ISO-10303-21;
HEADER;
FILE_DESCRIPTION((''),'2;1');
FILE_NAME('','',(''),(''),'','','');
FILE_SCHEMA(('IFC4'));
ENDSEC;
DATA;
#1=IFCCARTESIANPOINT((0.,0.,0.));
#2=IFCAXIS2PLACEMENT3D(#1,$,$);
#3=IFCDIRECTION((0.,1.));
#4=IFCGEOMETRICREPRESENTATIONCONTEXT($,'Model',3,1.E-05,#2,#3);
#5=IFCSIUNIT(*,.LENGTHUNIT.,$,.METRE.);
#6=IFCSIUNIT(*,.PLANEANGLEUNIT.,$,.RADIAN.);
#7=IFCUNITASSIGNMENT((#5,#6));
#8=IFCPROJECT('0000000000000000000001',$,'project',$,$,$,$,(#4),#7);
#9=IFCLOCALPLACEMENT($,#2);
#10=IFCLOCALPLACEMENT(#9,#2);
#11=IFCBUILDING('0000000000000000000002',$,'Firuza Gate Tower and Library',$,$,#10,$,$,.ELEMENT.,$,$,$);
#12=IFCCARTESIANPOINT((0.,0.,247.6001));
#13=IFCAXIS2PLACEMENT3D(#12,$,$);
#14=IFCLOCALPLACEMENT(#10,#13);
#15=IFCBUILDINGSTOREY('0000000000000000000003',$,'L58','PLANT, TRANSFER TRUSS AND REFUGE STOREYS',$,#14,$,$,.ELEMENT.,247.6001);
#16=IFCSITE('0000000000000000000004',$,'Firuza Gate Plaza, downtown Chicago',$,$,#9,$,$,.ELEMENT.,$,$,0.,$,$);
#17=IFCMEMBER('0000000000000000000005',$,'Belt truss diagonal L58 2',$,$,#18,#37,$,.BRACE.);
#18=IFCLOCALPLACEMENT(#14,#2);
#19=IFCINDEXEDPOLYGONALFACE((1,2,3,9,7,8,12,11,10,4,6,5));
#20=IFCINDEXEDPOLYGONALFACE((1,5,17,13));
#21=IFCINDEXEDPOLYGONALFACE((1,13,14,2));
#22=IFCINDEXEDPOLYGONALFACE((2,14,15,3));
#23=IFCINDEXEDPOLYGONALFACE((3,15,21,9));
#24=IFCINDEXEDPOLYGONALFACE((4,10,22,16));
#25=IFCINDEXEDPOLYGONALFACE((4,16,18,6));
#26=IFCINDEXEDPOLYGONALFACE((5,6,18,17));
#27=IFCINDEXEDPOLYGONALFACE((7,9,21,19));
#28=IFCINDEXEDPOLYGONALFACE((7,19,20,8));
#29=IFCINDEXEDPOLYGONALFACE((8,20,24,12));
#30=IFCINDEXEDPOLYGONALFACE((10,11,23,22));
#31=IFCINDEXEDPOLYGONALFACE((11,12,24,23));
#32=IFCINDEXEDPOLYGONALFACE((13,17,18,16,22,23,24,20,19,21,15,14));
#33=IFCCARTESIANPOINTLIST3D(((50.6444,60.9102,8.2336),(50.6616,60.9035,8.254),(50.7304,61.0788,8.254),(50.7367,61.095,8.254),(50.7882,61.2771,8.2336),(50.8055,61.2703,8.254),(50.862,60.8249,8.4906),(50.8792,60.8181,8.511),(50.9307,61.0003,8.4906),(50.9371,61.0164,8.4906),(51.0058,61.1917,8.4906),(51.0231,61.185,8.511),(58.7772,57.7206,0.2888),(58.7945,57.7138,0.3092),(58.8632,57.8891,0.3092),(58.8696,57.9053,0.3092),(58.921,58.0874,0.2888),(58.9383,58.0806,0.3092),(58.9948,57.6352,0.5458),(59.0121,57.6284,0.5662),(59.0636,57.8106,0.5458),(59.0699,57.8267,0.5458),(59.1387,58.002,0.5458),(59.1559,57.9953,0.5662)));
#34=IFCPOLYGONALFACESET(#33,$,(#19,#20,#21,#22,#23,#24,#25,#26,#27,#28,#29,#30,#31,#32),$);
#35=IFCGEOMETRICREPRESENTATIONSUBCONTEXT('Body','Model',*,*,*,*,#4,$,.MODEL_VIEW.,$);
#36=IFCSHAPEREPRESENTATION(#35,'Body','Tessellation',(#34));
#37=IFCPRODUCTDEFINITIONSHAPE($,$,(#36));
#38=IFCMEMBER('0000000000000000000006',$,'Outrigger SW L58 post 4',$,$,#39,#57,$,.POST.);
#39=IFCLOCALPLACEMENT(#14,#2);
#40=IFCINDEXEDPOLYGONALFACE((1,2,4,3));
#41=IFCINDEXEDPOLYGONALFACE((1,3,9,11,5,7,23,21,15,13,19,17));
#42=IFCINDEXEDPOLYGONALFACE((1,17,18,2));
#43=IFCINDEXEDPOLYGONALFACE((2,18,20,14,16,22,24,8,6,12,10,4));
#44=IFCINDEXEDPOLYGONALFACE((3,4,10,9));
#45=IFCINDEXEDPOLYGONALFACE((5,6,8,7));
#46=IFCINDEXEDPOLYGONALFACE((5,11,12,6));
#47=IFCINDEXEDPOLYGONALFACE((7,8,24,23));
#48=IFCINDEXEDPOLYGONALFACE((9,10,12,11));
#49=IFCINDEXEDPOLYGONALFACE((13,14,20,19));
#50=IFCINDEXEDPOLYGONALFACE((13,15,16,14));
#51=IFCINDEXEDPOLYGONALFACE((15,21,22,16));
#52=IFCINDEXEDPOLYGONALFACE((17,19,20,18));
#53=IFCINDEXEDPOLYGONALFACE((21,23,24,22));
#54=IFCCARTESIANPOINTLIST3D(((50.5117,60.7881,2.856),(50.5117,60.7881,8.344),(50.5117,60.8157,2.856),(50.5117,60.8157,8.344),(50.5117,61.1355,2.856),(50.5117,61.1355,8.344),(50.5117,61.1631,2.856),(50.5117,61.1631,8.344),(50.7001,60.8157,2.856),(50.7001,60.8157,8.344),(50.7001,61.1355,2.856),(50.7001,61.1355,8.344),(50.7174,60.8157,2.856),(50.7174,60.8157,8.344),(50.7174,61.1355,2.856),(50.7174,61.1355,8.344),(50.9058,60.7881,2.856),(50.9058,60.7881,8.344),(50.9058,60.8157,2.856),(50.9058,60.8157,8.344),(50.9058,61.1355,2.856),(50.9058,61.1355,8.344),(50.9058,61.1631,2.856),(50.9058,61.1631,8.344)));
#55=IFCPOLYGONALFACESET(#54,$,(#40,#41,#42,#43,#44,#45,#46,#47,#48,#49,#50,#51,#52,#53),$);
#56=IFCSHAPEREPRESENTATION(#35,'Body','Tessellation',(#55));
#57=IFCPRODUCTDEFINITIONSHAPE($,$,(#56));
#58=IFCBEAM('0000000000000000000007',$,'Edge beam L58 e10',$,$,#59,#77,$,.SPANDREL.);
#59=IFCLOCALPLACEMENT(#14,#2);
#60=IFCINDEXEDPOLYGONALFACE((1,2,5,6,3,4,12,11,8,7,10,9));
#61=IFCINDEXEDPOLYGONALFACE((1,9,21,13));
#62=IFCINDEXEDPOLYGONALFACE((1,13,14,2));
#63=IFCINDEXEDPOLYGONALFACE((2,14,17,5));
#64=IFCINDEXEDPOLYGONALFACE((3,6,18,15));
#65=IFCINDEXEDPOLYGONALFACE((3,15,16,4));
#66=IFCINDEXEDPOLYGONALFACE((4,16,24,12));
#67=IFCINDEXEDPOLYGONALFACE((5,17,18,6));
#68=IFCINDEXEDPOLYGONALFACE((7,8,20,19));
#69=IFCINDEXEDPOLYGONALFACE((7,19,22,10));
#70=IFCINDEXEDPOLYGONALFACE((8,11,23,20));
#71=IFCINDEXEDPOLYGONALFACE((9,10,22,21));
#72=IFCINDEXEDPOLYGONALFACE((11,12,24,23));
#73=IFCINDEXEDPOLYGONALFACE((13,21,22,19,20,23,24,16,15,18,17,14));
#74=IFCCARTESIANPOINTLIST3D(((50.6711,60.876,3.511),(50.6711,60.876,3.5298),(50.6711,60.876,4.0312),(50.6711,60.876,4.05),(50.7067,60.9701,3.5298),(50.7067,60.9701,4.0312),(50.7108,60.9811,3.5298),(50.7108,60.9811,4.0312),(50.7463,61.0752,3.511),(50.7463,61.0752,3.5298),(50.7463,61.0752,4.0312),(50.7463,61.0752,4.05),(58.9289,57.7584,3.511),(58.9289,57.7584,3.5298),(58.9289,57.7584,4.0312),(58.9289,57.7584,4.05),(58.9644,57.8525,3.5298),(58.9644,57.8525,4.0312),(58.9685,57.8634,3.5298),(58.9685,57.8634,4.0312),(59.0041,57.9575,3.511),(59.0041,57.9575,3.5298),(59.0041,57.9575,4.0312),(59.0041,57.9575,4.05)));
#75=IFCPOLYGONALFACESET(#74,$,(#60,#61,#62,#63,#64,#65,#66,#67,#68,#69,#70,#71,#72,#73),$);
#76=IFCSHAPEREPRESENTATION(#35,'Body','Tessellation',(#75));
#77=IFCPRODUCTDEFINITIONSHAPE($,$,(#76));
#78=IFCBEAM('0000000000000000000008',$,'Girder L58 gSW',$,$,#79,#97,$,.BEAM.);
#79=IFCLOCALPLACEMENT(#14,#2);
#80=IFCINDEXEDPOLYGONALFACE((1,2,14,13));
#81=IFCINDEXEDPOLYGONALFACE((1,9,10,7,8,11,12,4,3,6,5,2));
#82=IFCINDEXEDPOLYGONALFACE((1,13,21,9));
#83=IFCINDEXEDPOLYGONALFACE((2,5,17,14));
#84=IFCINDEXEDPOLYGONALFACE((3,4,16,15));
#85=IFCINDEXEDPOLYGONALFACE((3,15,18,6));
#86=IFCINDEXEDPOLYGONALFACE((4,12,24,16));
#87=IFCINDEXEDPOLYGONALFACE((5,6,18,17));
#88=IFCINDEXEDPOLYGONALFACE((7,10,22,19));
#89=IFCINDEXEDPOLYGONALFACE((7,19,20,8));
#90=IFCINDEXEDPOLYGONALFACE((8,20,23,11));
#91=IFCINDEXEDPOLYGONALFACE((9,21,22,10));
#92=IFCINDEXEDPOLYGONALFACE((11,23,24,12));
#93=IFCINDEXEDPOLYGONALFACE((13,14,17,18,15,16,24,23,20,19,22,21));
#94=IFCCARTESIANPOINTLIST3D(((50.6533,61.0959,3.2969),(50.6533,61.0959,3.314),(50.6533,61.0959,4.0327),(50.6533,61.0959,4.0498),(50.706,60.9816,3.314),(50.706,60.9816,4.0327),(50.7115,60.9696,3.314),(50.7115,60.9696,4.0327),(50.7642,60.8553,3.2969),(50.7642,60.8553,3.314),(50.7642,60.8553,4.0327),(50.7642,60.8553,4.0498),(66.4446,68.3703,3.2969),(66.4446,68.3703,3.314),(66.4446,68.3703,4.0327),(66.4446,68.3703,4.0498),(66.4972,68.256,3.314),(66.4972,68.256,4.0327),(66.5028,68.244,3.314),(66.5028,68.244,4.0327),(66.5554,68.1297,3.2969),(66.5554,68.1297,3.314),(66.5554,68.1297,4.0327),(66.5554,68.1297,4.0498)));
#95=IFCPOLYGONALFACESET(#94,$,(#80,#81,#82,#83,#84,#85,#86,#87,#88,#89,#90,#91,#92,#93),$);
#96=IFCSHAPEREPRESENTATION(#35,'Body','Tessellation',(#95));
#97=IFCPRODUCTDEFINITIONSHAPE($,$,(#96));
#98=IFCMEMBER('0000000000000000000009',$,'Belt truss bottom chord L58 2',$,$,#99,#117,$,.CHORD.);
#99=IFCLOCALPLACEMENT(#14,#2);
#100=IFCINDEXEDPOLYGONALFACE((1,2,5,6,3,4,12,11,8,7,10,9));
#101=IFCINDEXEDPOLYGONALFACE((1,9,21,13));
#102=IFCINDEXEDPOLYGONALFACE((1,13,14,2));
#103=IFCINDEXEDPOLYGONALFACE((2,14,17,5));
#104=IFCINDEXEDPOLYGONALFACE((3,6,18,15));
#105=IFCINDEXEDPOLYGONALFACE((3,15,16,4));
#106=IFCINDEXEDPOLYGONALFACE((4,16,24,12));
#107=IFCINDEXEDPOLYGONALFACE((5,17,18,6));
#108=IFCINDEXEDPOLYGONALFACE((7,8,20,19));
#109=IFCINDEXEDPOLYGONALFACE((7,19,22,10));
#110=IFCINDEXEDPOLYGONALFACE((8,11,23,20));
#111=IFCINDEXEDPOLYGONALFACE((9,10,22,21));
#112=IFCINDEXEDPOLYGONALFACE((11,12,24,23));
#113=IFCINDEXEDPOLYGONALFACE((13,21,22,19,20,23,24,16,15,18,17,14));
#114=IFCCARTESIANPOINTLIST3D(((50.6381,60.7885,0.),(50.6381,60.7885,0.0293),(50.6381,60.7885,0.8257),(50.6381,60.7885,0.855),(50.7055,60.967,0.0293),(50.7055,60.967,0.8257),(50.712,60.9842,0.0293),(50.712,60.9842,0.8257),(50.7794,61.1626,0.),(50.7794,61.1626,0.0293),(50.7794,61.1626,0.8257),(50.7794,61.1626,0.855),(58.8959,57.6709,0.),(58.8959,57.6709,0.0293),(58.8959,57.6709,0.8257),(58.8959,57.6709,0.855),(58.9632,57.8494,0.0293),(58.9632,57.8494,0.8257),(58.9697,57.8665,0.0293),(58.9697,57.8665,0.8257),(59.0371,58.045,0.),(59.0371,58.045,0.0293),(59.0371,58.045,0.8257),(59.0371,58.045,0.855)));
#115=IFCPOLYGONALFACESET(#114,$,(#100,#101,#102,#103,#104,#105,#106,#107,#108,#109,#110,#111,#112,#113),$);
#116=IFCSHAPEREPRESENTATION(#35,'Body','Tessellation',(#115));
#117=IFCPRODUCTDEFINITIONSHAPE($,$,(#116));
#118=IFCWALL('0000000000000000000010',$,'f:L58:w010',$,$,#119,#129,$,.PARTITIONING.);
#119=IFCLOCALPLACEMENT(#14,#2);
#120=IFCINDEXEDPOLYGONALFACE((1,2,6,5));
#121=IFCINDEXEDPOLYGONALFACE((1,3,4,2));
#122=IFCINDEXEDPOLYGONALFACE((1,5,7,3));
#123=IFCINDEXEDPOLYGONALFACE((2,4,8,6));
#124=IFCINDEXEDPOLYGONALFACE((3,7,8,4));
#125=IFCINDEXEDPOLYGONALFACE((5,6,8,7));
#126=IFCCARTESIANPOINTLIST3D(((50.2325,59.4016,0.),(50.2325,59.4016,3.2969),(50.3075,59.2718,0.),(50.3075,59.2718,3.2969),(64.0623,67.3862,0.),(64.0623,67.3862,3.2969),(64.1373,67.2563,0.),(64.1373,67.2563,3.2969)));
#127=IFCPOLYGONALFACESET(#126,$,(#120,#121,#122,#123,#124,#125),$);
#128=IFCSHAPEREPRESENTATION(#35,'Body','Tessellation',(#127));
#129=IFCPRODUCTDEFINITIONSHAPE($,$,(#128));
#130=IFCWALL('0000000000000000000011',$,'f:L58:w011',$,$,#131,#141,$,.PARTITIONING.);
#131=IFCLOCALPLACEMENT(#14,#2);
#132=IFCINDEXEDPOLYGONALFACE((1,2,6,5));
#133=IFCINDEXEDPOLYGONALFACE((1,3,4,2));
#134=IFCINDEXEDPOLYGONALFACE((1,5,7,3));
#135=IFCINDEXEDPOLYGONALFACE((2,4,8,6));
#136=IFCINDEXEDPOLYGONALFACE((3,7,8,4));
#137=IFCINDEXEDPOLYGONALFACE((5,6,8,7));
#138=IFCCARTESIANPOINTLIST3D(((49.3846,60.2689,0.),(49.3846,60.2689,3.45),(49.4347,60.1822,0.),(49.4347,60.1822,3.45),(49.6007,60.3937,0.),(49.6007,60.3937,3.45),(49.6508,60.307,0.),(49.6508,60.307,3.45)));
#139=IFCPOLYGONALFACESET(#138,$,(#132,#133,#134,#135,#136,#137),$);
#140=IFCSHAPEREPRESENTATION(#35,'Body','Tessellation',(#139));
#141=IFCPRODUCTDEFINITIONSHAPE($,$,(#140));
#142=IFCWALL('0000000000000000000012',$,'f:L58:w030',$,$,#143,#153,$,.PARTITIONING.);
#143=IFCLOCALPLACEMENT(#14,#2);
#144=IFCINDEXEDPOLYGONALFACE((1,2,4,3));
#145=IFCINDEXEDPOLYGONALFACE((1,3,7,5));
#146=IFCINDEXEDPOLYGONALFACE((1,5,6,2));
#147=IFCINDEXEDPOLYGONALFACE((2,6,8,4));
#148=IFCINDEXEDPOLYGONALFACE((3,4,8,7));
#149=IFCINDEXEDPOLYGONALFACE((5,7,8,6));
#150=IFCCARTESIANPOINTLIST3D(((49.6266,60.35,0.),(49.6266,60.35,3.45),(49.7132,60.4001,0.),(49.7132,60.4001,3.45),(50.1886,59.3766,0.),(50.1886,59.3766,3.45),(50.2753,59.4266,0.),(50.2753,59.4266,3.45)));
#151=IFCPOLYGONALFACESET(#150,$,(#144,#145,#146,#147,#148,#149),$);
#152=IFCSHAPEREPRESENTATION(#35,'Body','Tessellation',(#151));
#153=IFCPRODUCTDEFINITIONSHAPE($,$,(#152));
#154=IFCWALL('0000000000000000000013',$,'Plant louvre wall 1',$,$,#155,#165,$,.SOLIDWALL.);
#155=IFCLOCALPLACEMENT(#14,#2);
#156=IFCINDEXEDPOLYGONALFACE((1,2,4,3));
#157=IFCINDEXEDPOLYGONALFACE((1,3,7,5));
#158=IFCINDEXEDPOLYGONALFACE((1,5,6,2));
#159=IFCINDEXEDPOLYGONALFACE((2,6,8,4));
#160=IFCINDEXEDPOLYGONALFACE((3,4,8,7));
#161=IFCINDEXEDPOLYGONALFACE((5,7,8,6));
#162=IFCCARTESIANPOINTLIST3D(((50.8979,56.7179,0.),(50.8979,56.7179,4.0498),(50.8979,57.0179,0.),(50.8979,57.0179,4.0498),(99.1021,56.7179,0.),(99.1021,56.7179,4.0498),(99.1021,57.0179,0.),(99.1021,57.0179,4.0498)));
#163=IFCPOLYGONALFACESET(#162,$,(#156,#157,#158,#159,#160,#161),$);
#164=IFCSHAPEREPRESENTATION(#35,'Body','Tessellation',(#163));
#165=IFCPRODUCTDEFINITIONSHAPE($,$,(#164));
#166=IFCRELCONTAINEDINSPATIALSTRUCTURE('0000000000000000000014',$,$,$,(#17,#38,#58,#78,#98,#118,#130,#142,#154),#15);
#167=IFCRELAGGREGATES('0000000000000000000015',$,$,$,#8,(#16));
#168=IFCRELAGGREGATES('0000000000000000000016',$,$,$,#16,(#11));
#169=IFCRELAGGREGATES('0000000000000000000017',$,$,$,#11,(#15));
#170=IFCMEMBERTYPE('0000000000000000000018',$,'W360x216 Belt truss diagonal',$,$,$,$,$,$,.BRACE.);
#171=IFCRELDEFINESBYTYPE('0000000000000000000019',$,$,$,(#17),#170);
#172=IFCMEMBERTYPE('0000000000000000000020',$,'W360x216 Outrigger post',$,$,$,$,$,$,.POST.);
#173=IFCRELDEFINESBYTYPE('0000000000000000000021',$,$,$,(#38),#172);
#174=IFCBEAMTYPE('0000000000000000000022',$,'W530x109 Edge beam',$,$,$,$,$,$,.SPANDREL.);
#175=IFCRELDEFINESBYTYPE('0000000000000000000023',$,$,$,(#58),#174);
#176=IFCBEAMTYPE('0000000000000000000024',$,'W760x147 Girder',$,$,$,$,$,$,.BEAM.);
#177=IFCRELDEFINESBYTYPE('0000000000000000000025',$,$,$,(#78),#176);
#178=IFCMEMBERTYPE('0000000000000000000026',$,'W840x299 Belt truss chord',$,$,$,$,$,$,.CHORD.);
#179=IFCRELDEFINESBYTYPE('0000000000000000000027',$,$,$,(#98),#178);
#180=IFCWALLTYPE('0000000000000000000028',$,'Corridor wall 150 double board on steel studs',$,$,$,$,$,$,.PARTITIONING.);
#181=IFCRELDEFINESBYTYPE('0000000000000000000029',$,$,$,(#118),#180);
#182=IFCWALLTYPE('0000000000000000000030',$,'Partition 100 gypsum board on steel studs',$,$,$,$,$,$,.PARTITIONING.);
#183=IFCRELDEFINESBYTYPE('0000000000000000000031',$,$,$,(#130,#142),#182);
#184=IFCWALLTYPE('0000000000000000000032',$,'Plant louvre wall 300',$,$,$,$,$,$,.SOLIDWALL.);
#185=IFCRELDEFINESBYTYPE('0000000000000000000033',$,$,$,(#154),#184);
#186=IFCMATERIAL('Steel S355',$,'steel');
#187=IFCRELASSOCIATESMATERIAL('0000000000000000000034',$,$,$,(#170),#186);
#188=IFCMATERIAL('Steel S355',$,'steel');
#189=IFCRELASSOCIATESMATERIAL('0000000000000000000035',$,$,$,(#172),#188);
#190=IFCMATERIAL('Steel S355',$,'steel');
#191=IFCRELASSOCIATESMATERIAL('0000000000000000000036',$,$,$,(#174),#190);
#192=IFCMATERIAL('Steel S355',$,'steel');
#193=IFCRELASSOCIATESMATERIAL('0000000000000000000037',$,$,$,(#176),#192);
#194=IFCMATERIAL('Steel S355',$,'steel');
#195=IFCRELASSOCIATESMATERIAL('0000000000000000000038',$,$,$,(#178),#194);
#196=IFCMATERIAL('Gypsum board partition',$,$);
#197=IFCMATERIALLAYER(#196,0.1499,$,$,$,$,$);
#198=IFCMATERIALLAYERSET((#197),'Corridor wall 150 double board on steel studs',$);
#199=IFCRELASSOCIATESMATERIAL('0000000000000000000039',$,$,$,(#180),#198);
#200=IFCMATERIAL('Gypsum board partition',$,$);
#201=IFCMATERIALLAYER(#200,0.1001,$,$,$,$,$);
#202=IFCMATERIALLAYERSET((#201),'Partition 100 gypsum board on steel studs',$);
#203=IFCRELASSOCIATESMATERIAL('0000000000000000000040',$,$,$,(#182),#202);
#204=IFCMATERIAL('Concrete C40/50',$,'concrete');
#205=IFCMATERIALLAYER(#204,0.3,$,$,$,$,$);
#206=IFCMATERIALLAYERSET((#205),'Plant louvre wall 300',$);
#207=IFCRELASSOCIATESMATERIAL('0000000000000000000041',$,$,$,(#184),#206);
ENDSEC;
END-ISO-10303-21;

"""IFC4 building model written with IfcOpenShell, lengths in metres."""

from ifc_helpers import new_model, si_unit, direction, frame, frame_2d, origin, origin_2d, place, context, subcontext, project, spatial, rectangle, i_section, extrude, material, layer, layer_set, material_profile, profile_set, type_object, element, save


model = new_model("IFC4")

# Units and contexts
model_context = context("Model", 3, precision=1e-05, world=origin(), true_north=direction((0.0, 1.0)))
body_context = subcontext(model_context, "Body", "Model", "MODEL_VIEW")
ifc_project = project(units=[si_unit("LENGTHUNIT", "METRE"), si_unit("PLANEANGLEUNIT", "RADIAN")], contexts=[model_context])

# Site, building, storey
site_placement = place(None, origin())
site = spatial("IfcSite", under=ifc_project, at=site_placement, Name="Firuza Gate Plaza, downtown Chicago", CompositionType="ELEMENT", RefElevation=0.0)
building_placement = place(site_placement, origin())
building = spatial("IfcBuilding", under=site, at=building_placement, Name="Firuza Gate Tower and Library", CompositionType="ELEMENT")
storey_placement = place(building_placement, frame((0.0, 0.0, 247.6001)))
storey = spatial("IfcBuildingStorey", under=building, at=storey_placement, Name="L58", Description="PLANT, TRANSFER TRUSS AND REFUGE STOREYS", CompositionType="ELEMENT", Elevation=247.6001)

# Members
ifc_material_1 = material(Name="Steel S355", Category="steel")
ifc_material_profile_1 = material_profile(ifc_material_1, i_section(OverallWidth=0.394, OverallDepth=0.375, WebThickness=0.0173, FlangeThickness=0.0276, at=origin_2d()))
ifc_profile_set_1 = profile_set([ifc_material_profile_1], Name="Steel S355")
member_type_1 = type_object("IfcMemberType", Name="W360x216 Belt truss diagonal", PredefinedType="BRACE", material=ifc_profile_set_1)
member_1_placement = place(storey_placement, frame((50.8337, 61.0476, 8.3723), z_axis=(0.688734, -0.270122, -0.672814), x_axis=(0.365123, 0.930959, 0.0)))
element("IfcMember", 1, at=member_1_placement, inside=storey, type_object=member_type_1, Name="Belt truss diagonal L58 2", PredefinedType="BRACE", context=body_context, shape_type="SweptSolid", body=[
    extrude(i_section(OverallWidth=0.394, OverallDepth=0.375, WebThickness=0.0173, FlangeThickness=0.0276, at=origin_2d()), origin(), (0.0, 0.0, 1.0), 11.8083),
])
ifc_material_2 = material(Name="Steel S355", Category="steel")
ifc_material_profile_2 = material_profile(ifc_material_2, i_section(OverallWidth=0.394, OverallDepth=0.375, WebThickness=0.0173, FlangeThickness=0.0276, at=origin_2d()))
ifc_profile_set_2 = profile_set([ifc_material_profile_2], Name="Steel S355")
member_type_2 = type_object("IfcMemberType", Name="W360x216 Outrigger post", PredefinedType="POST", material=ifc_profile_set_2)
member_2_placement = place(storey_placement, frame((50.7087, 60.9756, 2.856), z_axis=(0.0, 0.0, 1.0), x_axis=(1.0, 0.0, 0.0)))
element("IfcMember", 2, at=member_2_placement, inside=storey, type_object=member_type_2, Name="Outrigger SW L58 post 4", PredefinedType="POST", context=body_context, shape_type="SweptSolid", body=[
    extrude(i_section(OverallWidth=0.394, OverallDepth=0.375, WebThickness=0.0173, FlangeThickness=0.0276, at=origin_2d()), origin(), (0.0, 0.0, 1.0), 5.488),
])

# Beams
ifc_material_3 = material(Name="Steel S355", Category="steel")
ifc_material_profile_3 = material_profile(ifc_material_3, i_section(OverallWidth=0.2129, OverallDepth=0.5391, WebThickness=0.0117, FlangeThickness=0.0188, at=origin_2d()))
ifc_profile_set_3 = profile_set([ifc_material_profile_3], Name="Steel S355")
beam_type_1 = type_object("IfcBeamType", Name="W530x109 Edge beam", PredefinedType="SPANDREL", material=ifc_profile_set_3)
beam_1_placement = place(storey_placement, frame((50.7087, 60.9756, 3.7805), z_axis=(0.935545, -0.353208, 0.0), x_axis=(0.353208, 0.935545, 0.0)))
element("IfcBeam", 3, at=beam_1_placement, inside=storey, type_object=beam_type_1, Name="Edge beam L58 e10", PredefinedType="SPANDREL", context=body_context, shape_type="SweptSolid", body=[
    extrude(i_section(OverallWidth=0.2129, OverallDepth=0.5391, WebThickness=0.0117, FlangeThickness=0.0188, at=origin_2d()), origin(), (0.0, 0.0, 1.0), 8.8267),
])
ifc_material_4 = material(Name="Steel S355", Category="steel")
ifc_material_profile_4 = material_profile(ifc_material_4, i_section(OverallWidth=0.2649, OverallDepth=0.7529, WebThickness=0.0132, FlangeThickness=0.0171, at=origin_2d()))
ifc_profile_set_4 = profile_set([ifc_material_profile_4], Name="Steel S355")
beam_type_2 = type_object("IfcBeamType", Name="W760x147 Girder", PredefinedType="BEAM", material=ifc_profile_set_4)
beam_2_placement = place(storey_placement, frame((50.7087, 60.9756, 3.6733), z_axis=(0.908262, 0.418401, 0.0), x_axis=(-0.418401, 0.908262, 0.0)))
element("IfcBeam", 4, at=beam_2_placement, inside=storey, type_object=beam_type_2, Name="Girder L58 gSW", PredefinedType="BEAM", context=body_context, shape_type="SweptSolid", body=[
    extrude(i_section(OverallWidth=0.2649, OverallDepth=0.7529, WebThickness=0.0132, FlangeThickness=0.0171, at=origin_2d()), origin(), (0.0, 0.0, 1.0), 17.3862),
])

# Member
ifc_material_5 = material(Name="Steel S355", Category="steel")
ifc_material_profile_5 = material_profile(ifc_material_5, i_section(OverallWidth=0.3999, OverallDepth=0.855, WebThickness=0.0183, FlangeThickness=0.0293, at=origin_2d()))
ifc_profile_set_5 = profile_set([ifc_material_profile_5], Name="Steel S355")
member_type_3 = type_object("IfcMemberType", Name="W840x299 Belt truss chord", PredefinedType="CHORD", material=ifc_profile_set_5)
member_3_placement = place(storey_placement, frame((50.7087, 60.9756, 0.4275), z_axis=(0.935545, -0.353208, 0.0), x_axis=(0.353208, 0.935545, 0.0)))
element("IfcMember", 5, at=member_3_placement, inside=storey, type_object=member_type_3, Name="Belt truss bottom chord L58 2", PredefinedType="CHORD", context=body_context, shape_type="SweptSolid", body=[
    extrude(i_section(OverallWidth=0.3999, OverallDepth=0.855, WebThickness=0.0183, FlangeThickness=0.0293, at=origin_2d()), origin(), (0.0, 0.0, 1.0), 8.8267),
])

# Walls
ifc_material_6 = material(Name="Gypsum board partition")
ifc_layer_1 = layer(ifc_material_6, 0.1499)
ifc_layer_set_1 = layer_set([ifc_layer_1], Name="Corridor wall 150 double board on steel studs")
wall_type_1 = type_object("IfcWallType", Name="Corridor wall 150 double board on steel studs", PredefinedType="PARTITIONING", material=ifc_layer_set_1)
wall_1_placement = place(storey_placement, frame((50.27, 59.3367, 0.0), z_axis=(0.0, 0.0, 1.0), x_axis=(0.866026, 0.499998, 0.0)))
element("IfcWall", 6, at=wall_1_placement, inside=storey, type_object=wall_type_1, Name="f:L58:w010", PredefinedType="PARTITIONING", context=body_context, shape_type="SweptSolid", body=[
    extrude(rectangle(XDim=15.9692, YDim=0.1499, at=frame_2d((7.9846, 0.0))), origin(), (0.0, 0.0, 1.0), 3.2969),
])
ifc_material_7 = material(Name="Gypsum board partition")
ifc_layer_2 = layer(ifc_material_7, 0.1001)
ifc_layer_set_2 = layer_set([ifc_layer_2], Name="Partition 100 gypsum board on steel studs")
wall_type_2 = type_object("IfcWallType", Name="Partition 100 gypsum board on steel studs", PredefinedType="PARTITIONING", material=ifc_layer_set_2)
wall_2_placement = place(storey_placement, frame((49.4097, 60.2256, 0.0), z_axis=(0.0, 0.0, 1.0), x_axis=(0.866006, 0.500033, 0.0)))
element("IfcWall", 7, at=wall_2_placement, inside=storey, type_object=wall_type_2, Name="f:L58:w011", PredefinedType="PARTITIONING", context=body_context, shape_type="SweptSolid", body=[
    extrude(rectangle(XDim=0.2495, YDim=0.1001, at=frame_2d((0.1248, 0.0))), origin(), (0.0, 0.0, 1.0), 3.45),
])
wall_3_placement = place(storey_placement, frame((50.2319, 59.4016, 0.0), z_axis=(0.0, 0.0, 1.0), x_axis=(-0.500017, 0.866016, 0.0)))
element("IfcWall", 8, at=wall_3_placement, inside=storey, type_object=wall_type_2, Name="f:L58:w030", PredefinedType="PARTITIONING", context=body_context, shape_type="SweptSolid", body=[
    extrude(rectangle(XDim=1.124, YDim=0.1001, at=frame_2d((0.562, 0.0))), origin(), (0.0, 0.0, 1.0), 3.45),
])
ifc_material_8 = material(Name="Concrete C40/50", Category="concrete")
ifc_layer_3 = layer(ifc_material_8, 0.3)
ifc_layer_set_3 = layer_set([ifc_layer_3], Name="Plant louvre wall 300")
wall_type_3 = type_object("IfcWallType", Name="Plant louvre wall 300", PredefinedType="SOLIDWALL", material=ifc_layer_set_3)
wall_4_placement = place(storey_placement, frame((50.8979, 56.8679, 0.0), z_axis=(0.0, 0.0, 1.0), x_axis=(1.0, 0.0, 0.0)))
element("IfcWall", 9, at=wall_4_placement, inside=storey, type_object=wall_type_3, Name="Plant louvre wall 1", PredefinedType="SOLIDWALL", context=body_context, shape_type="SweptSolid", body=[
    extrude(rectangle(XDim=48.2041, YDim=0.3, at=frame_2d((24.1021, 0.0))), origin(), (0.0, 0.0, 1.0), 4.0498),
])

save(model, "model.ifc")
